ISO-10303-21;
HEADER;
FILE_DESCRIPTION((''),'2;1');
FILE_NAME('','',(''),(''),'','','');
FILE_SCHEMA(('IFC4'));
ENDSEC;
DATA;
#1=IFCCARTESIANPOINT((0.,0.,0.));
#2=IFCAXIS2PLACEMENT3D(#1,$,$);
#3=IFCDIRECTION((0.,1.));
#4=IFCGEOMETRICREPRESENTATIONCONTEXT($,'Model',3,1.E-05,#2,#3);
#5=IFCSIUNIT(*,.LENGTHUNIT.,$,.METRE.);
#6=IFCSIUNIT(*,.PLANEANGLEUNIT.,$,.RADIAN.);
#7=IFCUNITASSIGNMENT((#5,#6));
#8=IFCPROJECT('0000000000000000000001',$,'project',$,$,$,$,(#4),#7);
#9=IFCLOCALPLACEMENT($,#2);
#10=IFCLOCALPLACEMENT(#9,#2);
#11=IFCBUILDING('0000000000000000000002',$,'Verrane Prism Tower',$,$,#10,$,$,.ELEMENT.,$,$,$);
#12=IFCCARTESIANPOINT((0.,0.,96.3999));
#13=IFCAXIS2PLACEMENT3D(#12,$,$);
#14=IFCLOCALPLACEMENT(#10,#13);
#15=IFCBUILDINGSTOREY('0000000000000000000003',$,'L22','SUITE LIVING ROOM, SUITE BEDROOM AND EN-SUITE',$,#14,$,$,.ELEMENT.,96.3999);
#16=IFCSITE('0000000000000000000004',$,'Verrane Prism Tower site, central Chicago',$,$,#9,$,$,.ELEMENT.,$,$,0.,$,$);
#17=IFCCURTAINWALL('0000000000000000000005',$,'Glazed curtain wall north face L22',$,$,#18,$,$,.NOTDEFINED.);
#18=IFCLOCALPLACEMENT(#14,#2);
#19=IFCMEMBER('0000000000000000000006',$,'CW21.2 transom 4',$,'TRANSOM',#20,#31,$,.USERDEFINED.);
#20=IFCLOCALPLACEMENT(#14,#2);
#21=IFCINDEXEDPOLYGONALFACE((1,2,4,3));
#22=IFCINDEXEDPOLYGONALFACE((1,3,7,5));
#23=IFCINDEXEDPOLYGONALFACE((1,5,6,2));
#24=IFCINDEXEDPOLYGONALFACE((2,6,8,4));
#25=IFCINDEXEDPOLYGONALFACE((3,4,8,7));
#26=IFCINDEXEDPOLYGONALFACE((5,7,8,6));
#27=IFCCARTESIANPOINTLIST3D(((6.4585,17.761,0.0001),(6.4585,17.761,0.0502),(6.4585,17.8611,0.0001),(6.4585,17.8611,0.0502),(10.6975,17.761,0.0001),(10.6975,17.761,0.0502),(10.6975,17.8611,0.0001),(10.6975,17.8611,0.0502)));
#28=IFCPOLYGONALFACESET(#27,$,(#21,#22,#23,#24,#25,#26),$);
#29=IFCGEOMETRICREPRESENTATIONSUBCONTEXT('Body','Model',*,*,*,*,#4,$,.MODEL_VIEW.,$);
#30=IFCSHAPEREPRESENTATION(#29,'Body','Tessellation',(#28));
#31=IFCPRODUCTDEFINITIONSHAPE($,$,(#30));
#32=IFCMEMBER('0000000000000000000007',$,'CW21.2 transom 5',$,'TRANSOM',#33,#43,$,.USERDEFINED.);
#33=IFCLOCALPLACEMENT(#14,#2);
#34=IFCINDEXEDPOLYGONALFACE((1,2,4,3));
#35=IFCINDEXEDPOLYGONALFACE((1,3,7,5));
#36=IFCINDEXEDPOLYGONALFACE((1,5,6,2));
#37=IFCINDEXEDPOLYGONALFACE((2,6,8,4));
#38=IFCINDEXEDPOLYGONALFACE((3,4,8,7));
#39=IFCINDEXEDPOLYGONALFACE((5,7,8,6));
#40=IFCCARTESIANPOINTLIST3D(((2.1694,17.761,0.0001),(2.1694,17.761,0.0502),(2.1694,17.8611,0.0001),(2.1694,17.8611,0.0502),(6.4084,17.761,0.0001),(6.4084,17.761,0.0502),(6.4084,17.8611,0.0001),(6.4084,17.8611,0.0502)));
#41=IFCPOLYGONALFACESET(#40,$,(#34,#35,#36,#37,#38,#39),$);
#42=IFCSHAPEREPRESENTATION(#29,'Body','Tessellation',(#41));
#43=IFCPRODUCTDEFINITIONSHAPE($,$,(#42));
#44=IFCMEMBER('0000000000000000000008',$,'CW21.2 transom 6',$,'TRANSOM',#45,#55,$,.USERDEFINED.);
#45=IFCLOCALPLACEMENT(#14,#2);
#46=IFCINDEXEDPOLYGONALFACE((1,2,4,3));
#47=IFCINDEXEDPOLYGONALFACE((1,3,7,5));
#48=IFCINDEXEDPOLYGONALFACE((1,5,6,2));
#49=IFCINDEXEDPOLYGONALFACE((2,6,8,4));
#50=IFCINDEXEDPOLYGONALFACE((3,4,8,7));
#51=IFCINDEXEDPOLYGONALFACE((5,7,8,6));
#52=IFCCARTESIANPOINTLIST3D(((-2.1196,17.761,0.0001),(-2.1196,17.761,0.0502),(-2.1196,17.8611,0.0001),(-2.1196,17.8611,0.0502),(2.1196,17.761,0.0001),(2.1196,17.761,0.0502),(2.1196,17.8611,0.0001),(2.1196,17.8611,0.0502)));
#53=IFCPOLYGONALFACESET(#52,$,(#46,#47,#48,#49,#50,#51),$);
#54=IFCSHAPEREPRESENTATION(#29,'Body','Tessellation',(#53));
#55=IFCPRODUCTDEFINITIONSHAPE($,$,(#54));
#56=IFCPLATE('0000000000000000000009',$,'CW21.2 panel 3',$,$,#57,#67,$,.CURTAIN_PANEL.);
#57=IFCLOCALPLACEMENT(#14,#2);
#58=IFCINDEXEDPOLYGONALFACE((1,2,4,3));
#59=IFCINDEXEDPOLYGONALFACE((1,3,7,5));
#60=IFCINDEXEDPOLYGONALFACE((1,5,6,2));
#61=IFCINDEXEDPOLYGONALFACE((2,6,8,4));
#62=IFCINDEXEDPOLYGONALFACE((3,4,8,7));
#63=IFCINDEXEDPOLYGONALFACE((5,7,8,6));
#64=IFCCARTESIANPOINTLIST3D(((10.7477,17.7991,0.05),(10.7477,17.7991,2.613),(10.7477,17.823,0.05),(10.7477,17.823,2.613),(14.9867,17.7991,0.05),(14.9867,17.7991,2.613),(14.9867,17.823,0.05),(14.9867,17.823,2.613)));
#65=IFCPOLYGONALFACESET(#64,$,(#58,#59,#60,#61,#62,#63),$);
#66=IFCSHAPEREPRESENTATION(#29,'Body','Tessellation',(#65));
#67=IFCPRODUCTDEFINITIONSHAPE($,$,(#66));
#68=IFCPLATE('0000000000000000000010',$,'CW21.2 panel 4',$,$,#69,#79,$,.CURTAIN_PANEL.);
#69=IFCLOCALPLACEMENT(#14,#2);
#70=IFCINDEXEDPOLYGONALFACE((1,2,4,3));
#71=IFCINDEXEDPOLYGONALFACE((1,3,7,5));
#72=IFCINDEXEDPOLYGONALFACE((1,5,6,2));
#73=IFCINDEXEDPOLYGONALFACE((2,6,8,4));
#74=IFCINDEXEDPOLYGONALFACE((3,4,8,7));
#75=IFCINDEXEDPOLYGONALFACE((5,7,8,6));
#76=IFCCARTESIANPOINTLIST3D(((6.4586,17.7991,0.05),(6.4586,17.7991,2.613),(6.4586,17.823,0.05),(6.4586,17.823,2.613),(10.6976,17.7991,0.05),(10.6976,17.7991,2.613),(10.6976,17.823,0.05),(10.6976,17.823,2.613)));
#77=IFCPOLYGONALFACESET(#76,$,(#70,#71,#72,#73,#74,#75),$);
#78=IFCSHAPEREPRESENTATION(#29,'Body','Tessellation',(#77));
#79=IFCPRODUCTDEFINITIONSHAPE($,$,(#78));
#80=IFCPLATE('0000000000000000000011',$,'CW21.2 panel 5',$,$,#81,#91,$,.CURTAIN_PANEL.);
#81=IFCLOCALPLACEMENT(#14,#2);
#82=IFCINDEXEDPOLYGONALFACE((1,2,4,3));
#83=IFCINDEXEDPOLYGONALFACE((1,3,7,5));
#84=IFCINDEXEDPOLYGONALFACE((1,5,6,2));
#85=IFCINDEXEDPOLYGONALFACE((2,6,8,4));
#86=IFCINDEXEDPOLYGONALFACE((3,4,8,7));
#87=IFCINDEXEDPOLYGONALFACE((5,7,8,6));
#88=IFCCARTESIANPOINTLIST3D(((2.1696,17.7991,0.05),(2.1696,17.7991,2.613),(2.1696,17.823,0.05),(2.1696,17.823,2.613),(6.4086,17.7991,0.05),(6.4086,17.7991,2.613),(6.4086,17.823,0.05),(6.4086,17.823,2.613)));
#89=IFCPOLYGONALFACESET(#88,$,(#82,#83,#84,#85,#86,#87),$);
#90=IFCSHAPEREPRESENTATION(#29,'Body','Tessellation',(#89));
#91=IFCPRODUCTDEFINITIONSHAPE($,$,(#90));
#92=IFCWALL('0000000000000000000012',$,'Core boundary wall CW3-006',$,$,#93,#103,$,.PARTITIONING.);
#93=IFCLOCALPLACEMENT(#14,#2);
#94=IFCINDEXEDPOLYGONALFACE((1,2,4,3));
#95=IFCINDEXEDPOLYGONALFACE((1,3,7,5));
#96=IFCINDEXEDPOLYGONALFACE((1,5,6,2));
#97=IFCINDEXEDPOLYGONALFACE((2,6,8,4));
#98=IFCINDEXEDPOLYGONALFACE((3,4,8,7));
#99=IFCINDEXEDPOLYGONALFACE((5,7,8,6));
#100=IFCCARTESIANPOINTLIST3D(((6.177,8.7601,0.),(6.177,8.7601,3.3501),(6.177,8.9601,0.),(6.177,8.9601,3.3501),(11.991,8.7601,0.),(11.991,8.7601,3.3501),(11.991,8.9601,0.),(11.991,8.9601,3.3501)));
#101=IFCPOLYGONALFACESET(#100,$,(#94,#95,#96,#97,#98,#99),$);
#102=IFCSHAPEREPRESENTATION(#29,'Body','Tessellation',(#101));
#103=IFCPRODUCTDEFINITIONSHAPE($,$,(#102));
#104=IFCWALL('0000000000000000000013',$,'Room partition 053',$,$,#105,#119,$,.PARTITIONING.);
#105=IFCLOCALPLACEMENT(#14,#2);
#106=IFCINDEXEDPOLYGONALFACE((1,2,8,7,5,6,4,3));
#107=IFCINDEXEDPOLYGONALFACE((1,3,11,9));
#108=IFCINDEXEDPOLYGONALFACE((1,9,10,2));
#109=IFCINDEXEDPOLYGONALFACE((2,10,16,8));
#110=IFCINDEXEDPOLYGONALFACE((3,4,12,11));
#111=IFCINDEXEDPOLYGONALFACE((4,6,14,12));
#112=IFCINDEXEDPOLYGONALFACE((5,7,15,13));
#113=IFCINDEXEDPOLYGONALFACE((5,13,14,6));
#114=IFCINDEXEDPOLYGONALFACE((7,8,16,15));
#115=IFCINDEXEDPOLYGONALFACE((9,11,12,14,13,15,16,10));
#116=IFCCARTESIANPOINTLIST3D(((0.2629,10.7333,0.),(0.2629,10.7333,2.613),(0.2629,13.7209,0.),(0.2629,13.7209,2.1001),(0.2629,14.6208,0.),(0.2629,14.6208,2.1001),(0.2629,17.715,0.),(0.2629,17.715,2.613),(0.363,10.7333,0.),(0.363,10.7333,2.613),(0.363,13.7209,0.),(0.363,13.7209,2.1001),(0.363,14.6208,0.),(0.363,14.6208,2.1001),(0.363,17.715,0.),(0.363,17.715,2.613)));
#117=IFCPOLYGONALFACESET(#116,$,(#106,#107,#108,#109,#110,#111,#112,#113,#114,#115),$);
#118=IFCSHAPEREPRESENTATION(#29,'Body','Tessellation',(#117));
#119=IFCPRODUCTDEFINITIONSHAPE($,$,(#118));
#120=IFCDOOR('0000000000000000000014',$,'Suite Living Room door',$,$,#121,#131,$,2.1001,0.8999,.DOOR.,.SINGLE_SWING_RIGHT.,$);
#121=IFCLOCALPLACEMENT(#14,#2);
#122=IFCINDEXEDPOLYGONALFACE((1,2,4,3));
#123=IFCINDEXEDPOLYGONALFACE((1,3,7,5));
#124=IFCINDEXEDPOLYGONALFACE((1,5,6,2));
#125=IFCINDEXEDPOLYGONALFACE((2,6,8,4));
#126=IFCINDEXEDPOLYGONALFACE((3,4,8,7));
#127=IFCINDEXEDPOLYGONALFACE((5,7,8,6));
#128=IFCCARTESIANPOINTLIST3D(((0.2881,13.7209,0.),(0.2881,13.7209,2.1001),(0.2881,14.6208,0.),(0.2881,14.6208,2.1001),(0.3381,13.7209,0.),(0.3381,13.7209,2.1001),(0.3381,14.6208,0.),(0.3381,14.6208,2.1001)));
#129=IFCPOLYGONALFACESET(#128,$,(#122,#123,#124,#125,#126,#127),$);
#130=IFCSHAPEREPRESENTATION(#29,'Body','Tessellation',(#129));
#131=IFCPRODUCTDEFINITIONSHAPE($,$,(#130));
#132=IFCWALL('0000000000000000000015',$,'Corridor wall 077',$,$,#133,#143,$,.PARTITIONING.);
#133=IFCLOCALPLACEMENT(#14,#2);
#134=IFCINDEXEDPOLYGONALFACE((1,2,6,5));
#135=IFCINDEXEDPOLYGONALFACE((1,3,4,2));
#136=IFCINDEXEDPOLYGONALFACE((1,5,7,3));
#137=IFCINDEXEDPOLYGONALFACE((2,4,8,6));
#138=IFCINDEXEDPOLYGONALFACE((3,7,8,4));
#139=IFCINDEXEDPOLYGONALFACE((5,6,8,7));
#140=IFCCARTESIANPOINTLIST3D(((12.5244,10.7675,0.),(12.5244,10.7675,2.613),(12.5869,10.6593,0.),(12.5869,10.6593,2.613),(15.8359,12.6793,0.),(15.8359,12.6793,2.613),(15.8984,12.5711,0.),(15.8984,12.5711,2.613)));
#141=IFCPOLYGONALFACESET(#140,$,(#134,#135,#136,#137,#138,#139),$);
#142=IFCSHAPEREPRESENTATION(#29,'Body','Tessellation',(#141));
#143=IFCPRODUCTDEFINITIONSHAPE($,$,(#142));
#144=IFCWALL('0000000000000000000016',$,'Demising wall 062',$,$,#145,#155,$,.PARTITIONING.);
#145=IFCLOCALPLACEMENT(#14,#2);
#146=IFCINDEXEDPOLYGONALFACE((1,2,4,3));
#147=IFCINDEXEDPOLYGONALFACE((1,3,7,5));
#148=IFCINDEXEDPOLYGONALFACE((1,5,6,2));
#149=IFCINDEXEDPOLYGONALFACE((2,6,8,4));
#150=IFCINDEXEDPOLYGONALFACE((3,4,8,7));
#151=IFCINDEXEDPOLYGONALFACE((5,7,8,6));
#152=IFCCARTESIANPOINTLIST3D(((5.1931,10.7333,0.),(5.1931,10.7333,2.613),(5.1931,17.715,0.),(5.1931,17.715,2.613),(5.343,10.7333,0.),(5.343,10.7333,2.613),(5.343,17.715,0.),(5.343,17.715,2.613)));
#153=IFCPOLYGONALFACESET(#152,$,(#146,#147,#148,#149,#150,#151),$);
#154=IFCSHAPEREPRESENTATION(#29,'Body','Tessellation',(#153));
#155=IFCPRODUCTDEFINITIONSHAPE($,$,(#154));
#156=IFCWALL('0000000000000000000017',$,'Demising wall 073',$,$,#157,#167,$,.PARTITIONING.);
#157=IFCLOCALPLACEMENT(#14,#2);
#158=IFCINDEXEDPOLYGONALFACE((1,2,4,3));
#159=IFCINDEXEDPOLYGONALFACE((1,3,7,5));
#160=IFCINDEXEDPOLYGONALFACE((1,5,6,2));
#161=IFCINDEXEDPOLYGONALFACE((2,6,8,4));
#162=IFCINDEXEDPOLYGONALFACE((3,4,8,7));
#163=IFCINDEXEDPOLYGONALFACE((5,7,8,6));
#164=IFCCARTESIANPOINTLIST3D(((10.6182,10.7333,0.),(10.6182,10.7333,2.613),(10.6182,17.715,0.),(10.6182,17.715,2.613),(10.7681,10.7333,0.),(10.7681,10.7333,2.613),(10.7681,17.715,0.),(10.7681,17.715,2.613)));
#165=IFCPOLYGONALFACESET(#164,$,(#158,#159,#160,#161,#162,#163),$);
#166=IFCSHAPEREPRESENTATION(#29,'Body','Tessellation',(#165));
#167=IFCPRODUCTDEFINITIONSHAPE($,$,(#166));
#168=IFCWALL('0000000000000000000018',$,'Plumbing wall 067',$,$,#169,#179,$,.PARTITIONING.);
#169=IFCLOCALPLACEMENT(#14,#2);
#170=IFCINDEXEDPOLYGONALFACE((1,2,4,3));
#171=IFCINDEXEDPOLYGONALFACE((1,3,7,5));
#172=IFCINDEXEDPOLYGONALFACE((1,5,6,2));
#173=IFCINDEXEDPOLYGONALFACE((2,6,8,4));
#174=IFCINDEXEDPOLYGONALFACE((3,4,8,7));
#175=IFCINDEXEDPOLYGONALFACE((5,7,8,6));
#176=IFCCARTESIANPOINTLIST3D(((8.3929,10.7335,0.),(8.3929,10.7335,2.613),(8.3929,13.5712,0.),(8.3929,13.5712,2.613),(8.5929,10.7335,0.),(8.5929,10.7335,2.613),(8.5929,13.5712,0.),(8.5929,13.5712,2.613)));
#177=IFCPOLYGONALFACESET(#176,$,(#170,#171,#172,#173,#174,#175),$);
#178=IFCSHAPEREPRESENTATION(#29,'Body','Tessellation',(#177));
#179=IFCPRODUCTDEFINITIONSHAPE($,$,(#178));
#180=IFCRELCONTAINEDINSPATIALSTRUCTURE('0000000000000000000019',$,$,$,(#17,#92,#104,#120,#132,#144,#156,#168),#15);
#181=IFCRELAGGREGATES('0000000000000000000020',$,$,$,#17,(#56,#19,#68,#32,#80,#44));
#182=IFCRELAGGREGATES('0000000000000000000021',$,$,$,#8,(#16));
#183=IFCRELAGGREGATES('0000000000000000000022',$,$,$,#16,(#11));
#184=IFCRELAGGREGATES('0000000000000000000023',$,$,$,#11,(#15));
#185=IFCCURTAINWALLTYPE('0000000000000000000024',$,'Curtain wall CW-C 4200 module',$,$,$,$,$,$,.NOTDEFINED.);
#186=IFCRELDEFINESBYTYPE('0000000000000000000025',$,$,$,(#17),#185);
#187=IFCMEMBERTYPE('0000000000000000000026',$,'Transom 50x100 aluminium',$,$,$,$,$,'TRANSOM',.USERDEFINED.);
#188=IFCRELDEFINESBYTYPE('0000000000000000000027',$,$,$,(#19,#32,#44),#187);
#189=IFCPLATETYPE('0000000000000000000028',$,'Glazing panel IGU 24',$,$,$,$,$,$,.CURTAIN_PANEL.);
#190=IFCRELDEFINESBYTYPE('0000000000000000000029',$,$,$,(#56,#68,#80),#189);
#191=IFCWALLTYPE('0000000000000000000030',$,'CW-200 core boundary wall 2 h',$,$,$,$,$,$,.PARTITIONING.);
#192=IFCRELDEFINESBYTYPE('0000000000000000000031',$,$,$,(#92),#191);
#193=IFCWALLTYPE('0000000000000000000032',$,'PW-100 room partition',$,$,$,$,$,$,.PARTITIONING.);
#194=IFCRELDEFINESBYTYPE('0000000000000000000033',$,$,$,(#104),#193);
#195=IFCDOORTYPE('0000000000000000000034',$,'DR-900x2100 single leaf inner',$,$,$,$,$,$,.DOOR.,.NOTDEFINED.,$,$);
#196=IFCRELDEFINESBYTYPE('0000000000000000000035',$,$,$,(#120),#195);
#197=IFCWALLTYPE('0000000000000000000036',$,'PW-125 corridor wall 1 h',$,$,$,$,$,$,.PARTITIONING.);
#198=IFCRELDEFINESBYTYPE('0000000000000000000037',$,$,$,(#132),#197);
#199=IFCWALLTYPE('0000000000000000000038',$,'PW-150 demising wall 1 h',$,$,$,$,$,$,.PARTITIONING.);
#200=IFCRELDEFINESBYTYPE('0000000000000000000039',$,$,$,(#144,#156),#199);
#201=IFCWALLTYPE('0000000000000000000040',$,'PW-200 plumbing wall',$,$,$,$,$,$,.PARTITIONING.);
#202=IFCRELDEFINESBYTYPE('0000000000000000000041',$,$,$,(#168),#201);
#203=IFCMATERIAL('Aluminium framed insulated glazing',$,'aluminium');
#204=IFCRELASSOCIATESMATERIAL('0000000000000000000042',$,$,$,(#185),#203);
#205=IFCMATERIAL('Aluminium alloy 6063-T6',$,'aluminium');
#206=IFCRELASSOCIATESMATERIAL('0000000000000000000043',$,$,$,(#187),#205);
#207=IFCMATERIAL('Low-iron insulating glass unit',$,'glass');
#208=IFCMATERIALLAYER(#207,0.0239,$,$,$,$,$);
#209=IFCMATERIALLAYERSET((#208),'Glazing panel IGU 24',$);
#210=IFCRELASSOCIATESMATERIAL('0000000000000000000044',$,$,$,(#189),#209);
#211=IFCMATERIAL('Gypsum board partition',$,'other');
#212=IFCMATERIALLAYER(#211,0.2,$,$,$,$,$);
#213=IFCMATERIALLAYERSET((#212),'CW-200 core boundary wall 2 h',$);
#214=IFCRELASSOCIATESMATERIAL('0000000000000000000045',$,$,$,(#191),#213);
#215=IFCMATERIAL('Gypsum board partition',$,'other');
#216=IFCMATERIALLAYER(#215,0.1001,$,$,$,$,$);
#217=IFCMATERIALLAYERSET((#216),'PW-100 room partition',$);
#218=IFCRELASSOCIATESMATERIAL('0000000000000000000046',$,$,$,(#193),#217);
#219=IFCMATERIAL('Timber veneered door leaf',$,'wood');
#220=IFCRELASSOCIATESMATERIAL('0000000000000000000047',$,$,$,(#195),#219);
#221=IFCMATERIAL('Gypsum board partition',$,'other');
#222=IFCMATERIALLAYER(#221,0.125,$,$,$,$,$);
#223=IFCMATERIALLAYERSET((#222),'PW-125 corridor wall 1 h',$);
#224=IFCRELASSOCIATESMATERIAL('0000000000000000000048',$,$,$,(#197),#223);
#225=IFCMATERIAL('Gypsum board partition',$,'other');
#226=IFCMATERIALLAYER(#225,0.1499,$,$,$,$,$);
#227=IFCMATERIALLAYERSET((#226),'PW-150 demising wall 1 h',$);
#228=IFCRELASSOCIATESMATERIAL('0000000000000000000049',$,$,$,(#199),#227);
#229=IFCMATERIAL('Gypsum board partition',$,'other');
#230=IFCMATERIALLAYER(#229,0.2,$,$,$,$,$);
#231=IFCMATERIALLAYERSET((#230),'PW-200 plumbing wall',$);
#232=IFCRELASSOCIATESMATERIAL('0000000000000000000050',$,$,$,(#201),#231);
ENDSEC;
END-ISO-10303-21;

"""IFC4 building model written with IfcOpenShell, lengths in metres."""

from ifc_helpers import new_model, si_unit, direction, frame, frame_2d, origin, origin_2d, place, context, subcontext, project, spatial, rectangle, extrude, material, layer, layer_set, material_profile, profile_set, type_object, element, fill, aggregate, save


model = new_model("IFC4")

# Units and contexts
model_context = context("Model", 3, precision=1e-05, world=origin(), true_north=direction((0.0, 1.0)))
body_context = subcontext(model_context, "Body", "Model", "MODEL_VIEW")
ifc_project = project(units=[si_unit("LENGTHUNIT", "METRE"), si_unit("PLANEANGLEUNIT", "RADIAN")], contexts=[model_context])

# Site, building, storey
site_placement = place(None, origin())
site = spatial("IfcSite", under=ifc_project, at=site_placement, Name="Verrane Prism Tower site, central Chicago", CompositionType="ELEMENT", RefElevation=0.0)
building_placement = place(site_placement, origin())
building = spatial("IfcBuilding", under=site, at=building_placement, Name="Verrane Prism Tower", CompositionType="ELEMENT")
storey_placement = place(building_placement, frame((0.0, 0.0, 96.3999)))
storey = spatial("IfcBuildingStorey", under=building, at=storey_placement, Name="L22", Description="SUITE LIVING ROOM, SUITE BEDROOM AND EN-SUITE", CompositionType="ELEMENT", Elevation=96.3999)

# Curtain wall
ifc_material_1 = material(Name="Aluminium framed insulated glazing", Category="aluminium")
curtain_wall_type = type_object("IfcCurtainWallType", Name="Curtain wall CW-C 4200 module", PredefinedType="NOTDEFINED", material=ifc_material_1)
curtain_wall_placement = place(storey_placement, origin())
curtain_wall = element("IfcCurtainWall", 1, at=curtain_wall_placement, inside=storey, type_object=curtain_wall_type, Name="Glazed curtain wall north face L22", PredefinedType="NOTDEFINED")

# Members
ifc_material_2 = material(Name="Aluminium alloy 6063-T6", Category="aluminium")
ifc_material_profile_1 = material_profile(ifc_material_2, rectangle(XDim=0.1001, YDim=0.05, at=origin_2d()), Name="Transom 50x100 aluminium")
ifc_profile_set_1 = profile_set([ifc_material_profile_1], Name="Aluminium alloy 6063-T6")
member_type_1 = type_object("IfcMemberType", Name="Transom 50x100 aluminium", ElementType="TRANSOM", PredefinedType="USERDEFINED", material=ifc_profile_set_1)
member_1_placement = place(storey_placement, frame((10.6975, 17.811, 0.0251), z_axis=(-1.0, 0.0, 0.0), x_axis=(0.0, -1.0, 0.0)))
member_1 = element("IfcMember", 2, at=member_1_placement, type_object=member_type_1, Name="CW21.2 transom 4", ObjectType="TRANSOM", PredefinedType="USERDEFINED", context=body_context, shape_type="SweptSolid", body=[
    extrude(rectangle(XDim=0.1001, YDim=0.05, at=origin_2d()), origin(), (0.0, 0.0, 1.0), 4.239),
])
member_2_placement = place(storey_placement, frame((6.4084, 17.811, 0.0251), z_axis=(-1.0, 0.0, 0.0), x_axis=(0.0, -1.0, 0.0)))
member_2 = element("IfcMember", 3, at=member_2_placement, type_object=member_type_1, Name="CW21.2 transom 5", ObjectType="TRANSOM", PredefinedType="USERDEFINED", context=body_context, shape_type="SweptSolid", body=[
    extrude(rectangle(XDim=0.1001, YDim=0.05, at=origin_2d()), origin(), (0.0, 0.0, 1.0), 4.239),
])
member_3_placement = place(storey_placement, frame((2.1196, 17.811, 0.0251), z_axis=(-1.0, 0.0, 0.0), x_axis=(0.0, -1.0, 0.0)))
member_3 = element("IfcMember", 4, at=member_3_placement, type_object=member_type_1, Name="CW21.2 transom 6", ObjectType="TRANSOM", PredefinedType="USERDEFINED", context=body_context, shape_type="SweptSolid", body=[
    extrude(rectangle(XDim=0.1001, YDim=0.05, at=origin_2d()), origin(), (0.0, 0.0, 1.0), 4.2393),
])

# Plates
ifc_material_3 = material(Name="Low-iron insulating glass unit", Category="glass")
ifc_layer_1 = layer(ifc_material_3, 0.0239)
ifc_layer_set_1 = layer_set([ifc_layer_1], Name="Glazing panel IGU 24")
plate_type = type_object("IfcPlateType", Name="Glazing panel IGU 24", PredefinedType="CURTAIN_PANEL", material=ifc_layer_set_1)
plate_1_placement = place(storey_placement, frame((12.8672, 17.811, 0.05), z_axis=(0.0, 0.0, 1.0), x_axis=(-1.0, 0.0, 0.0)))
plate_1 = element("IfcPlate", 5, at=plate_1_placement, type_object=plate_type, Name="CW21.2 panel 3", PredefinedType="CURTAIN_PANEL", context=body_context, shape_type="SweptSolid", body=[
    extrude(rectangle(XDim=4.239, YDim=0.0239, at=origin_2d()), origin(), (0.0, 0.0, 1.0), 2.563),
])
plate_2_placement = place(storey_placement, frame((8.5781, 17.811, 0.05), z_axis=(0.0, 0.0, 1.0), x_axis=(-1.0, 0.0, 0.0)))
plate_2 = element("IfcPlate", 6, at=plate_2_placement, type_object=plate_type, Name="CW21.2 panel 4", PredefinedType="CURTAIN_PANEL", context=body_context, shape_type="SweptSolid", body=[
    extrude(rectangle(XDim=4.239, YDim=0.0239, at=origin_2d()), origin(), (0.0, 0.0, 1.0), 2.563),
])
plate_3_placement = place(storey_placement, frame((4.2891, 17.811, 0.05), z_axis=(0.0, 0.0, 1.0), x_axis=(-1.0, 0.0, 0.0)))
plate_3 = element("IfcPlate", 7, at=plate_3_placement, type_object=plate_type, Name="CW21.2 panel 5", PredefinedType="CURTAIN_PANEL", context=body_context, shape_type="SweptSolid", body=[
    extrude(rectangle(XDim=4.239, YDim=0.0239, at=origin_2d()), origin(), (0.0, 0.0, 1.0), 2.563),
])
aggregate(curtain_wall, [plate_1, member_1, plate_2, member_2, plate_3, member_3])

# Wall
ifc_material_4 = material(Name="Gypsum board partition", Category="other")
ifc_layer_2 = layer(ifc_material_4, 0.2)
ifc_layer_set_2 = layer_set([ifc_layer_2], Name="CW-200 core boundary wall 2 h")
wall_type_1 = type_object("IfcWallType", Name="CW-200 core boundary wall 2 h", PredefinedType="PARTITIONING", material=ifc_layer_set_2)
wall_1_placement = place(storey_placement, frame((6.177, 8.8601, 0.0), z_axis=(0.0, 0.0, 1.0), x_axis=(1.0, 0.0, 0.0)))
element("IfcWall", 8, at=wall_1_placement, inside=storey, type_object=wall_type_1, Name="Core boundary wall CW3-006", PredefinedType="PARTITIONING", context=body_context, shape_type="SweptSolid", body=[
    extrude(rectangle(XDim=5.814, YDim=0.2, at=frame_2d((2.907, 0.0))), origin(), (0.0, 0.0, 1.0), 3.3501),
])

# Wall, opening, door
ifc_material_5 = material(Name="Gypsum board partition", Category="other")
ifc_layer_3 = layer(ifc_material_5, 0.1001)
ifc_layer_set_3 = layer_set([ifc_layer_3], Name="PW-100 room partition")
wall_type_2 = type_object("IfcWallType", Name="PW-100 room partition", PredefinedType="PARTITIONING", material=ifc_layer_set_3)
wall_2_placement = place(storey_placement, frame((0.313, 10.7334, 0.0), z_axis=(0.0, 0.0, 1.0), x_axis=(0.0, 1.0, 0.0)))
wall_2 = element("IfcWall", 9, at=wall_2_placement, inside=storey, type_object=wall_type_2, Name="Room partition 053", PredefinedType="PARTITIONING", context=body_context, shape_type="SweptSolid", body=[
    extrude(rectangle(XDim=6.9817, YDim=0.1001, at=frame_2d((3.4907, 0.0))), origin(), (0.0, 0.0, 1.0), 2.613),
])
opening_1_placement = place(wall_2_placement, frame((2.9875, 0.0, 0.0)))
opening_1 = element("IfcOpeningElement", 10, at=opening_1_placement, cuts=wall_2, PredefinedType="OPENING", context=body_context, shape_type="SweptSolid", body=[
    extrude(rectangle(XDim=0.8999, YDim=2.1001, at=frame_2d((0.45, 1.05))), frame((0.0, 0.0601, 0.0), z_axis=(0.0, -1.0, 0.0), x_axis=(1.0, 0.0, 0.0)), (0.0, 0.0, 1.0), 0.1201),
])
ifc_material_6 = material(Name="Timber veneered door leaf", Category="wood")
door_type_1 = type_object("IfcDoorType", Name="DR-900x2100 single leaf inner", OperationType="NOTDEFINED", PredefinedType="DOOR", material=ifc_material_6)
door_1_placement = place(opening_1_placement, origin())
door_1 = element("IfcDoor", 11, at=door_1_placement, inside=storey, type_object=door_type_1, Name="Suite Living Room door", OperationType="SINGLE_SWING_RIGHT", OverallHeight=2.1001, OverallWidth=0.8999, PredefinedType="DOOR", context=body_context, shape_type="SweptSolid", body=[
    extrude(rectangle(XDim=0.8999, YDim=2.1001, at=frame_2d((0.45, 1.05))), frame((0.0, 0.0249, 0.0), z_axis=(0.0, -1.0, 0.0), x_axis=(1.0, 0.0, 0.0)), (0.0, 0.0, 1.0), 0.05),
])
fill(opening_1, door_1)

# Walls
ifc_material_7 = material(Name="Gypsum board partition", Category="other")
ifc_layer_4 = layer(ifc_material_7, 0.125)
ifc_layer_set_4 = layer_set([ifc_layer_4], Name="PW-125 corridor wall 1 h")
wall_type_3 = type_object("IfcWallType", Name="PW-125 corridor wall 1 h", PredefinedType="PARTITIONING", material=ifc_layer_set_4)
wall_3_placement = place(storey_placement, frame((12.5557, 10.7134, 0.0), z_axis=(0.0, 0.0, 1.0), x_axis=(0.86603, 0.499991, 0.0)))
element("IfcWall", 12, at=wall_3_placement, inside=storey, type_object=wall_type_3, Name="Corridor wall 077", PredefinedType="PARTITIONING", context=body_context, shape_type="SweptSolid", body=[
    extrude(rectangle(XDim=3.8237, YDim=0.125, at=frame_2d((1.9119, 0.0))), origin(), (0.0, 0.0, 1.0), 2.613),
])
ifc_material_8 = material(Name="Gypsum board partition", Category="other")
ifc_layer_5 = layer(ifc_material_8, 0.1499)
ifc_layer_set_5 = layer_set([ifc_layer_5], Name="PW-150 demising wall 1 h")
wall_type_4 = type_object("IfcWallType", Name="PW-150 demising wall 1 h", PredefinedType="PARTITIONING", material=ifc_layer_set_5)
for number, where, z_axis, x_axis, name in (
    (13, (5.2681, 10.7334, 0.0), (0.0, 0.0, 1.0), (0.0, 1.0, 0.0), "Demising wall 062"),
    (14, (10.6931, 10.7334, 0.0), (0.0, 0.0, 1.0), (0.0, 1.0, 0.0), "Demising wall 073"),
):
    element("IfcWall", number, at=place(storey_placement, frame(where, z_axis=z_axis, x_axis=x_axis)), inside=storey, type_object=wall_type_4, Name=name, PredefinedType="PARTITIONING", context=body_context, shape_type="SweptSolid", body=[
        extrude(rectangle(XDim=6.9817, YDim=0.1499, at=frame_2d((3.4907, 0.0))), origin(), (0.0, 0.0, 1.0), 2.613),
    ])
ifc_material_9 = material(Name="Gypsum board partition", Category="other")
ifc_layer_6 = layer(ifc_material_9, 0.2)
ifc_layer_set_6 = layer_set([ifc_layer_6], Name="PW-200 plumbing wall")
wall_type_5 = type_object("IfcWallType", Name="PW-200 plumbing wall", PredefinedType="PARTITIONING", material=ifc_layer_set_6)
wall_4_placement = place(storey_placement, frame((8.4929, 10.7334, 0.0), z_axis=(0.0, 0.0, 1.0), x_axis=(0.0, 1.0, 0.0)))
element("IfcWall", 15, at=wall_4_placement, inside=storey, type_object=wall_type_5, Name="Plumbing wall 067", PredefinedType="PARTITIONING", context=body_context, shape_type="SweptSolid", body=[
    extrude(rectangle(XDim=2.8376, YDim=0.2, at=frame_2d((1.4189, 0.0))), origin(), (0.0, 0.0, 1.0), 2.613),
])

save(model, "model.ifc")
